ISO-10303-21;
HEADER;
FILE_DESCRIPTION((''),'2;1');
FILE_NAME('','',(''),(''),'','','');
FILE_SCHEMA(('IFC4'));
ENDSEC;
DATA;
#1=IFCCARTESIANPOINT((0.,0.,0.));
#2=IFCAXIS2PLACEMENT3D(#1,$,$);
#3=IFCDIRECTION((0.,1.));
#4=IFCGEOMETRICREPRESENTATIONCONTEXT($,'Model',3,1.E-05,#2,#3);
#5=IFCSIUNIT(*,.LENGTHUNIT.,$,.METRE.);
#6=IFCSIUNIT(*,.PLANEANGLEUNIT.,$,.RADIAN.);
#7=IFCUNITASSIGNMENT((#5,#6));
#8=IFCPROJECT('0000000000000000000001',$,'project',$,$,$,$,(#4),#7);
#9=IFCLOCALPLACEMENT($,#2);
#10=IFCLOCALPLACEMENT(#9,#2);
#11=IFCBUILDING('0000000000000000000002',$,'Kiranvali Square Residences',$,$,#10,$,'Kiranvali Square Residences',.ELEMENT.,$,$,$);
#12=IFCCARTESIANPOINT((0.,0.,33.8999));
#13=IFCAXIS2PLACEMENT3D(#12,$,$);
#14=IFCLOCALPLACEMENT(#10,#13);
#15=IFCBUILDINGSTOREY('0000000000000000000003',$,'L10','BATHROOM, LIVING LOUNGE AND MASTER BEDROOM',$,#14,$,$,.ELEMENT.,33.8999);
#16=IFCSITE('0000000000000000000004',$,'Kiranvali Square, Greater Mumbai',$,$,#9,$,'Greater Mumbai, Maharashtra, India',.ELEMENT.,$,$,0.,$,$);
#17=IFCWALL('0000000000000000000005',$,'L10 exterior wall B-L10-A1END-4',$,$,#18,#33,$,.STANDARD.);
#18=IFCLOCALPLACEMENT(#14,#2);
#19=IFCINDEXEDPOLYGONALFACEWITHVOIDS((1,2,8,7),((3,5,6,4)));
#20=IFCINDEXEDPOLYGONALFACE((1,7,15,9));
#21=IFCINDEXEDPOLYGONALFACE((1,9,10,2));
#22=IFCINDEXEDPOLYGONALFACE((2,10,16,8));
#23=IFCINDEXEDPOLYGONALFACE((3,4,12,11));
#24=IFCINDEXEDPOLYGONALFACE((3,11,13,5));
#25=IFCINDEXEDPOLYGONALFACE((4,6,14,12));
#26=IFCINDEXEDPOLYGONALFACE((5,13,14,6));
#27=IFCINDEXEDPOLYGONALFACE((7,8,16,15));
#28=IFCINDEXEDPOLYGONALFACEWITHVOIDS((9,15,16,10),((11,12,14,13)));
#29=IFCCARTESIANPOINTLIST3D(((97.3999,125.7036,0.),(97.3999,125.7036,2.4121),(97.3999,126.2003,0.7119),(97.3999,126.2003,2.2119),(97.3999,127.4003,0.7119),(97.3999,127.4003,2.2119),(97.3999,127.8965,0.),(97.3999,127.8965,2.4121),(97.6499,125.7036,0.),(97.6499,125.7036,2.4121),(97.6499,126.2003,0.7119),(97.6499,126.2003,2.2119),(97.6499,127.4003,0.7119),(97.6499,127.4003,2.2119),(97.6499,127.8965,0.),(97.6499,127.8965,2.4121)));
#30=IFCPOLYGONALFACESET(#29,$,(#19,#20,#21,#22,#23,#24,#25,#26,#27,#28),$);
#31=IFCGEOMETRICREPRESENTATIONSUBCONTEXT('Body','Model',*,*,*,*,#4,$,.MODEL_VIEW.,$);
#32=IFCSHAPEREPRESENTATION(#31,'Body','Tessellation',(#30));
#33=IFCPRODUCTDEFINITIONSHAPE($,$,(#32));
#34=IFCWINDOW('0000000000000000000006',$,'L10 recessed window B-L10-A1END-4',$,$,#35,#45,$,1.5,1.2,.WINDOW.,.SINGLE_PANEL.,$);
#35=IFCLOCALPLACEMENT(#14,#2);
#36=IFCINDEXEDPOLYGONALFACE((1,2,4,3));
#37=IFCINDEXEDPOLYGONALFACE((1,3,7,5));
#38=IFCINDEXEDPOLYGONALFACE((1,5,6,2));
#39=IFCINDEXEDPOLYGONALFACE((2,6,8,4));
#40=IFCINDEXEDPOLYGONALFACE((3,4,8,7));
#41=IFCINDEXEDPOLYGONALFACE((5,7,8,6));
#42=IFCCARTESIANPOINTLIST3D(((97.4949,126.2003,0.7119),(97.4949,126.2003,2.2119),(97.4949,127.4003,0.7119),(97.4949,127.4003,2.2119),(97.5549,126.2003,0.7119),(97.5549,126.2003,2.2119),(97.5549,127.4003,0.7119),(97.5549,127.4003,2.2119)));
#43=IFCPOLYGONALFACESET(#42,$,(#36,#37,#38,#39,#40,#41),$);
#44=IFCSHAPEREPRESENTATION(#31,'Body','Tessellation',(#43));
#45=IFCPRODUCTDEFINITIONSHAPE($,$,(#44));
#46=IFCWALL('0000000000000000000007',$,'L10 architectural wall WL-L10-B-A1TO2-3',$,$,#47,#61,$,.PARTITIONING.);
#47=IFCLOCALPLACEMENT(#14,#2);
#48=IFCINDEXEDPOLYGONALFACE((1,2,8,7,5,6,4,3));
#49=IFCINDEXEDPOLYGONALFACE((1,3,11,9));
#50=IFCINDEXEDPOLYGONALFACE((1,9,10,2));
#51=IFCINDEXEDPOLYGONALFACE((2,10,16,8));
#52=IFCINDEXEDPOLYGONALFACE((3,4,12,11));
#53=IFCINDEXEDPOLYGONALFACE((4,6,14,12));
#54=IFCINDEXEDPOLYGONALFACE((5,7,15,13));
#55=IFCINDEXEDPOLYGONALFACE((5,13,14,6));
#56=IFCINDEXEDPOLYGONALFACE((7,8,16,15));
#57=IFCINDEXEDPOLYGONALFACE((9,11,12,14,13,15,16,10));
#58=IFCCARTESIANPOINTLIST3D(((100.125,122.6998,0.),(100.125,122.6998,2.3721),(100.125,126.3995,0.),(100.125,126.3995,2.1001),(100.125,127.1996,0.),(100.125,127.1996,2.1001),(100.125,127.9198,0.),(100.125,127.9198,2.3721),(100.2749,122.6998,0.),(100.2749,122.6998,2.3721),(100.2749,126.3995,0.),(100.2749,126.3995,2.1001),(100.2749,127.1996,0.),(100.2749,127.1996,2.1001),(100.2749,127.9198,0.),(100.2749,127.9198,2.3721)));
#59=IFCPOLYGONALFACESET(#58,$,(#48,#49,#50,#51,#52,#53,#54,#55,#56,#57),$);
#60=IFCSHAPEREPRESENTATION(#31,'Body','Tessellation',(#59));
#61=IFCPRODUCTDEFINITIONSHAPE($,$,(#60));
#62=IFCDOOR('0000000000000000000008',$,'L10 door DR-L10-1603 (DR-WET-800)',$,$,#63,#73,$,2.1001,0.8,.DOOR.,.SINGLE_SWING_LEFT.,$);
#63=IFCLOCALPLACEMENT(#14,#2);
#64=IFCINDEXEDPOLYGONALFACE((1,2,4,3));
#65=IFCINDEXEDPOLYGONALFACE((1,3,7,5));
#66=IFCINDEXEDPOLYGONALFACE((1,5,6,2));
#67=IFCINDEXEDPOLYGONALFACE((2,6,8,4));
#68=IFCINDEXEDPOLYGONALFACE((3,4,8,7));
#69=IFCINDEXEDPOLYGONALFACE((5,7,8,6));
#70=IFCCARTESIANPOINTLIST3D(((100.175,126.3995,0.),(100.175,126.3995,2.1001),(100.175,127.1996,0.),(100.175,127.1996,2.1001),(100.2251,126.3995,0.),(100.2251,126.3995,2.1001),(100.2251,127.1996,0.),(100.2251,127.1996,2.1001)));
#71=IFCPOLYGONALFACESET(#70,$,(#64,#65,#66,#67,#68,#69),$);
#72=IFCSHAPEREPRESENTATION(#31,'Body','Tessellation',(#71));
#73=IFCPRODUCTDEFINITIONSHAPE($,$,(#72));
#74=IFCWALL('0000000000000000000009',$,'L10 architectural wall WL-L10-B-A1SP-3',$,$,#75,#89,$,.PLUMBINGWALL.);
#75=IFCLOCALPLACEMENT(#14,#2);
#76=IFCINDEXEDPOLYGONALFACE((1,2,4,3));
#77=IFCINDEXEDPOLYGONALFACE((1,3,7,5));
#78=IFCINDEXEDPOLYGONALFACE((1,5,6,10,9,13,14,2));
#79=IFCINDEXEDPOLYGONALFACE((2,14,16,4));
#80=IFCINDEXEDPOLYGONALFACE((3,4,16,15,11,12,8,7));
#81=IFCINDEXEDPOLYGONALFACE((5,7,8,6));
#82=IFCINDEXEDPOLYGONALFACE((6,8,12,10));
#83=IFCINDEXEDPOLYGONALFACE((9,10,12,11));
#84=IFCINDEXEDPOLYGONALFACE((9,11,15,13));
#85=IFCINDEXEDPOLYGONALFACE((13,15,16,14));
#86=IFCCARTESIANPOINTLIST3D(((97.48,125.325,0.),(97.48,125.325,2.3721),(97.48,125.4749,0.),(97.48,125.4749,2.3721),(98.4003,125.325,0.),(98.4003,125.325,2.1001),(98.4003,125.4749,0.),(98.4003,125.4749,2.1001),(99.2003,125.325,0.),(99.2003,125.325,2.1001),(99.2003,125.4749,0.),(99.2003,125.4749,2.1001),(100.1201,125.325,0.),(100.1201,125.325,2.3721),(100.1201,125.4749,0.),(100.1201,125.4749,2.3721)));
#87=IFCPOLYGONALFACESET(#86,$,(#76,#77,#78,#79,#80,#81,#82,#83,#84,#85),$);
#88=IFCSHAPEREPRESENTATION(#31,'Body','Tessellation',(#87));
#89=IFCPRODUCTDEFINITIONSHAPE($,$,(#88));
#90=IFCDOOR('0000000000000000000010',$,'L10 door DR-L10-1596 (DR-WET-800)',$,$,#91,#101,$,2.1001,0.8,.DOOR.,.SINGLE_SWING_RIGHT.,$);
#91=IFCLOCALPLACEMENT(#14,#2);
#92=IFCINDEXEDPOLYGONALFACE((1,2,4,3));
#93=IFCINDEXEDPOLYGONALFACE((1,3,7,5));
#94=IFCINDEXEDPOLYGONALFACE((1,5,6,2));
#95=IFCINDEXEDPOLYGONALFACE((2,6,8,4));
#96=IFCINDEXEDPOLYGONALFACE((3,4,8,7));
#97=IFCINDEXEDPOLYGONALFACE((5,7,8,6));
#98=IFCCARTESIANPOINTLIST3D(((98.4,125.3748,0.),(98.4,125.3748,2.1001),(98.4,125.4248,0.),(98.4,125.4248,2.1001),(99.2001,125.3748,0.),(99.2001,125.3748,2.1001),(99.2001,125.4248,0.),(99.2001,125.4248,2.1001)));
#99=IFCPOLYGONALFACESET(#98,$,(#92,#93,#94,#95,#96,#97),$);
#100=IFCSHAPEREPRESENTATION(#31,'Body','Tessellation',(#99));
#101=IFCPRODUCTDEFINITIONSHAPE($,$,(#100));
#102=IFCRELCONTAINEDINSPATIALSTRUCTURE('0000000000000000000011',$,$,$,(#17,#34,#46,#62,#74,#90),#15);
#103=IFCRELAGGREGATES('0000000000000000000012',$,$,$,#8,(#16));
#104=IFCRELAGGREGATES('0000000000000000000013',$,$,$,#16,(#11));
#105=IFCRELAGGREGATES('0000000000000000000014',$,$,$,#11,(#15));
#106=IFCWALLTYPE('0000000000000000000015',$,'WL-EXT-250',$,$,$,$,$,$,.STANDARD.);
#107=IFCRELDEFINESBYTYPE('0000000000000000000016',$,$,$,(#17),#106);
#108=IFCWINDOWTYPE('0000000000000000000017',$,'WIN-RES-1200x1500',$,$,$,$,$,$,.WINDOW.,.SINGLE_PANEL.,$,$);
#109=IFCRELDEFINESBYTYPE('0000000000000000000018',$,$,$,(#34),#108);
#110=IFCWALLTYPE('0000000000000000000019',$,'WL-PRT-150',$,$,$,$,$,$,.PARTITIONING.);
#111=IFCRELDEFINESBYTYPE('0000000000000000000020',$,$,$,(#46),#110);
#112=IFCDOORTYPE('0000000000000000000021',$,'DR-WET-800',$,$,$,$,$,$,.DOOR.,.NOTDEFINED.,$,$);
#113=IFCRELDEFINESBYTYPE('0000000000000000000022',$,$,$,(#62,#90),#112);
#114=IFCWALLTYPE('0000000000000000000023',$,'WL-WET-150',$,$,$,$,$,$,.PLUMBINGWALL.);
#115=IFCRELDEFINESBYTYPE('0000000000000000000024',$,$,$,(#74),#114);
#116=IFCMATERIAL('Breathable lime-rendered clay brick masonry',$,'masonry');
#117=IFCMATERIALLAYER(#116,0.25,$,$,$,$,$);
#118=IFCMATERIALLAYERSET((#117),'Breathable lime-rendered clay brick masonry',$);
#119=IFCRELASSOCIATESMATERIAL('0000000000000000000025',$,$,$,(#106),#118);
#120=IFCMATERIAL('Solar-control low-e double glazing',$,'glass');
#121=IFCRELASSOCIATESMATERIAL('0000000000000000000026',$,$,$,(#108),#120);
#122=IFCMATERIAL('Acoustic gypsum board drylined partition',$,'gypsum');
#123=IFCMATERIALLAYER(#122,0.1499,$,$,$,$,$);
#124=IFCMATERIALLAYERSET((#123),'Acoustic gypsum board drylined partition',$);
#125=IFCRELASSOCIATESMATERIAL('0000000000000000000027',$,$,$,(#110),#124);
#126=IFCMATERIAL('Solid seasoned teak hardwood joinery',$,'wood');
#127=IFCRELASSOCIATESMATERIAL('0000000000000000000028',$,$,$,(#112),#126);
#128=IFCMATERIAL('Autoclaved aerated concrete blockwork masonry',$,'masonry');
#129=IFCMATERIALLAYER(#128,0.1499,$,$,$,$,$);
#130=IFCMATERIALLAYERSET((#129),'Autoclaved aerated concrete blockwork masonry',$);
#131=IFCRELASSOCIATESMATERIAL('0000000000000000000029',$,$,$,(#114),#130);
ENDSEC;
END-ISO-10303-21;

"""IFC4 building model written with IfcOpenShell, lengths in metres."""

from ifc_helpers import new_model, si_unit, direction, frame, frame_2d, origin, place, context, subcontext, project, spatial, rectangle, extrude, material, layer, layer_set, type_object, element, fill, save


model = new_model("IFC4")

# Units and contexts
model_context = context("Model", 3, precision=1e-05, world=origin(), true_north=direction((0.0, 1.0)))
body_context = subcontext(model_context, "Body", "Model", "MODEL_VIEW")
ifc_project = project(units=[si_unit("LENGTHUNIT", "METRE"), si_unit("PLANEANGLEUNIT", "RADIAN")], contexts=[model_context])

# Site, building, storey
site_placement = place(None, origin())
site = spatial("IfcSite", under=ifc_project, at=site_placement, Name="Kiranvali Square, Greater Mumbai", LongName="Greater Mumbai, Maharashtra, India", CompositionType="ELEMENT", RefElevation=0.0)
building_placement = place(site_placement, origin())
building = spatial("IfcBuilding", under=site, at=building_placement, Name="Kiranvali Square Residences", LongName="Kiranvali Square Residences", CompositionType="ELEMENT")
storey_placement = place(building_placement, frame((0.0, 0.0, 33.8999)))
storey = spatial("IfcBuildingStorey", under=building, at=storey_placement, Name="L10", Description="BATHROOM, LIVING LOUNGE AND MASTER BEDROOM", CompositionType="ELEMENT", Elevation=33.8999)

# Wall, opening, window
ifc_material_1 = material(Name="Breathable lime-rendered clay brick masonry", Category="masonry")
ifc_layer_1 = layer(ifc_material_1, 0.25)
ifc_layer_set_1 = layer_set([ifc_layer_1], Name="Breathable lime-rendered clay brick masonry")
wall_type_1 = type_object("IfcWallType", Name="WL-EXT-250", PredefinedType="STANDARD", material=ifc_layer_set_1)
ifc_material_2 = material(Name="Solar-control low-e double glazing", Category="glass")
window_type_1 = type_object("IfcWindowType", Name="WIN-RES-1200x1500", PartitioningType="SINGLE_PANEL", PredefinedType="WINDOW", material=ifc_material_2)
wall_1_placement = place(storey_placement, frame((97.5249, 125.7036, 0.0), z_axis=(0.0, 0.0, 1.0), x_axis=(0.0, 1.0, 0.0)))
wall_1 = element("IfcWall", 1, at=wall_1_placement, inside=storey, type_object=wall_type_1, Name="L10 exterior wall B-L10-A1END-4", PredefinedType="STANDARD", context=body_context, shape_type="SweptSolid", body=[
    extrude(rectangle(XDim=2.1929, YDim=0.25, at=frame_2d((1.0964, 0.0))), origin(), (0.0, 0.0, 1.0), 2.4121),
])
opening_1_placement = place(wall_1_placement, frame((0.4966, 0.0, 0.7119)))
opening_1 = element("IfcOpeningElement", 2, at=opening_1_placement, cuts=wall_1, PredefinedType="OPENING", context=body_context, shape_type="SweptSolid", body=[
    extrude(rectangle(XDim=1.2, YDim=1.5, at=frame_2d((0.6001, 0.75))), frame((0.0, 0.135, 0.0), z_axis=(0.0, -1.0, 0.0), x_axis=(1.0, 0.0, 0.0)), (0.0, 0.0, 1.0), 0.27),
])
window_1_placement = place(opening_1_placement, origin())
window_1 = element("IfcWindow", 3, at=window_1_placement, inside=storey, type_object=window_type_1, Name="L10 recessed window B-L10-A1END-4", OverallHeight=1.5, OverallWidth=1.2, PartitioningType="SINGLE_PANEL", PredefinedType="WINDOW", context=body_context, shape_type="SweptSolid", body=[
    extrude(rectangle(XDim=1.2, YDim=1.5, at=frame_2d((0.6001, 0.75))), frame((0.0, 0.03, 0.0), z_axis=(0.0, -1.0, 0.0), x_axis=(1.0, 0.0, 0.0)), (0.0, 0.0, 1.0), 0.0601),
])
fill(opening_1, window_1)

# Walls, openings, doors
ifc_material_3 = material(Name="Acoustic gypsum board drylined partition", Category="gypsum")
ifc_layer_2 = layer(ifc_material_3, 0.1499)
ifc_layer_set_2 = layer_set([ifc_layer_2], Name="Acoustic gypsum board drylined partition")
wall_type_2 = type_object("IfcWallType", Name="WL-PRT-150", PredefinedType="PARTITIONING", material=ifc_layer_set_2)
wall_2_placement = place(storey_placement, frame((100.2, 122.7, 0.0), z_axis=(0.0, 0.0, 1.0), x_axis=(0.0, 1.0, 0.0)))
wall_2 = element("IfcWall", 4, at=wall_2_placement, inside=storey, type_object=wall_type_2, Name="L10 architectural wall WL-L10-B-A1TO2-3", PredefinedType="PARTITIONING", context=body_context, shape_type="SweptSolid", body=[
    extrude(rectangle(XDim=5.22, YDim=0.1499, at=frame_2d((2.6099, 0.0))), origin(), (0.0, 0.0, 1.0), 2.3721),
])
opening_2_placement = place(wall_2_placement, frame((3.6997, 0.0, 0.0)))
opening_2 = element("IfcOpeningElement", 5, at=opening_2_placement, cuts=wall_2, PredefinedType="OPENING", context=body_context, shape_type="SweptSolid", body=[
    extrude(rectangle(XDim=0.8, YDim=2.1001, at=frame_2d((0.3999, 1.05))), frame((0.0, 0.085, 0.0), z_axis=(0.0, -1.0, 0.0), x_axis=(1.0, 0.0, 0.0)), (0.0, 0.0, 1.0), 0.1699),
])
ifc_material_4 = material(Name="Solid seasoned teak hardwood joinery", Category="wood")
door_type = type_object("IfcDoorType", Name="DR-WET-800", OperationType="NOTDEFINED", PredefinedType="DOOR", material=ifc_material_4)
door_1_placement = place(opening_2_placement, origin())
door_1 = element("IfcDoor", 6, at=door_1_placement, inside=storey, type_object=door_type, Name="L10 door DR-L10-1603 (DR-WET-800)", OperationType="SINGLE_SWING_LEFT", OverallHeight=2.1001, OverallWidth=0.8, PredefinedType="DOOR", context=body_context, shape_type="SweptSolid", body=[
    extrude(rectangle(XDim=0.8, YDim=2.1001, at=frame_2d((0.3999, 1.05))), frame((0.0, 0.0249, 0.0), z_axis=(0.0, -1.0, 0.0), x_axis=(1.0, 0.0, 0.0)), (0.0, 0.0, 1.0), 0.05),
])
fill(opening_2, door_1)
ifc_material_5 = material(Name="Autoclaved aerated concrete blockwork masonry", Category="masonry")
ifc_layer_3 = layer(ifc_material_5, 0.1499)
ifc_layer_set_3 = layer_set([ifc_layer_3], Name="Autoclaved aerated concrete blockwork masonry")
wall_type_3 = type_object("IfcWallType", Name="WL-WET-150", PredefinedType="PLUMBINGWALL", material=ifc_layer_set_3)
wall_3_placement = place(storey_placement, frame((100.1201, 125.3999, 0.0), z_axis=(0.0, 0.0, 1.0), x_axis=(-1.0, 0.0, 0.0)))
wall_3 = element("IfcWall", 7, at=wall_3_placement, inside=storey, type_object=wall_type_3, Name="L10 architectural wall WL-L10-B-A1SP-3", PredefinedType="PLUMBINGWALL", context=body_context, shape_type="SweptSolid", body=[
    extrude(rectangle(XDim=2.6401, YDim=0.1499, at=frame_2d((1.3201, 0.0))), origin(), (0.0, 0.0, 1.0), 2.3721),
])
opening_3_placement = place(wall_3_placement, frame((0.9199, 0.0, 0.0)))
opening_3 = element("IfcOpeningElement", 8, at=opening_3_placement, cuts=wall_3, PredefinedType="OPENING", context=body_context, shape_type="SweptSolid", body=[
    extrude(rectangle(XDim=0.8, YDim=2.1001, at=frame_2d((0.3999, 1.05))), frame((0.0, 0.085, 0.0), z_axis=(0.0, -1.0, 0.0), x_axis=(1.0, 0.0, 0.0)), (0.0, 0.0, 1.0), 0.1699),
])
door_2_placement = place(opening_3_placement, frame((0.8, 0.0, 0.0), z_axis=(0.0, 0.0, 1.0), x_axis=(-1.0, 0.0, 0.0)))
door_2 = element("IfcDoor", 9, at=door_2_placement, inside=storey, type_object=door_type, Name="L10 door DR-L10-1596 (DR-WET-800)", OperationType="SINGLE_SWING_RIGHT", OverallHeight=2.1001, OverallWidth=0.8, PredefinedType="DOOR", context=body_context, shape_type="SweptSolid", body=[
    extrude(rectangle(XDim=0.8, YDim=2.1001, at=frame_2d((0.3999, 1.05))), frame((0.0, 0.0249, 0.0), z_axis=(0.0, -1.0, 0.0), x_axis=(1.0, 0.0, 0.0)), (0.0, 0.0, 1.0), 0.05),
])
fill(opening_3, door_2)

save(model, "model.ifc")
